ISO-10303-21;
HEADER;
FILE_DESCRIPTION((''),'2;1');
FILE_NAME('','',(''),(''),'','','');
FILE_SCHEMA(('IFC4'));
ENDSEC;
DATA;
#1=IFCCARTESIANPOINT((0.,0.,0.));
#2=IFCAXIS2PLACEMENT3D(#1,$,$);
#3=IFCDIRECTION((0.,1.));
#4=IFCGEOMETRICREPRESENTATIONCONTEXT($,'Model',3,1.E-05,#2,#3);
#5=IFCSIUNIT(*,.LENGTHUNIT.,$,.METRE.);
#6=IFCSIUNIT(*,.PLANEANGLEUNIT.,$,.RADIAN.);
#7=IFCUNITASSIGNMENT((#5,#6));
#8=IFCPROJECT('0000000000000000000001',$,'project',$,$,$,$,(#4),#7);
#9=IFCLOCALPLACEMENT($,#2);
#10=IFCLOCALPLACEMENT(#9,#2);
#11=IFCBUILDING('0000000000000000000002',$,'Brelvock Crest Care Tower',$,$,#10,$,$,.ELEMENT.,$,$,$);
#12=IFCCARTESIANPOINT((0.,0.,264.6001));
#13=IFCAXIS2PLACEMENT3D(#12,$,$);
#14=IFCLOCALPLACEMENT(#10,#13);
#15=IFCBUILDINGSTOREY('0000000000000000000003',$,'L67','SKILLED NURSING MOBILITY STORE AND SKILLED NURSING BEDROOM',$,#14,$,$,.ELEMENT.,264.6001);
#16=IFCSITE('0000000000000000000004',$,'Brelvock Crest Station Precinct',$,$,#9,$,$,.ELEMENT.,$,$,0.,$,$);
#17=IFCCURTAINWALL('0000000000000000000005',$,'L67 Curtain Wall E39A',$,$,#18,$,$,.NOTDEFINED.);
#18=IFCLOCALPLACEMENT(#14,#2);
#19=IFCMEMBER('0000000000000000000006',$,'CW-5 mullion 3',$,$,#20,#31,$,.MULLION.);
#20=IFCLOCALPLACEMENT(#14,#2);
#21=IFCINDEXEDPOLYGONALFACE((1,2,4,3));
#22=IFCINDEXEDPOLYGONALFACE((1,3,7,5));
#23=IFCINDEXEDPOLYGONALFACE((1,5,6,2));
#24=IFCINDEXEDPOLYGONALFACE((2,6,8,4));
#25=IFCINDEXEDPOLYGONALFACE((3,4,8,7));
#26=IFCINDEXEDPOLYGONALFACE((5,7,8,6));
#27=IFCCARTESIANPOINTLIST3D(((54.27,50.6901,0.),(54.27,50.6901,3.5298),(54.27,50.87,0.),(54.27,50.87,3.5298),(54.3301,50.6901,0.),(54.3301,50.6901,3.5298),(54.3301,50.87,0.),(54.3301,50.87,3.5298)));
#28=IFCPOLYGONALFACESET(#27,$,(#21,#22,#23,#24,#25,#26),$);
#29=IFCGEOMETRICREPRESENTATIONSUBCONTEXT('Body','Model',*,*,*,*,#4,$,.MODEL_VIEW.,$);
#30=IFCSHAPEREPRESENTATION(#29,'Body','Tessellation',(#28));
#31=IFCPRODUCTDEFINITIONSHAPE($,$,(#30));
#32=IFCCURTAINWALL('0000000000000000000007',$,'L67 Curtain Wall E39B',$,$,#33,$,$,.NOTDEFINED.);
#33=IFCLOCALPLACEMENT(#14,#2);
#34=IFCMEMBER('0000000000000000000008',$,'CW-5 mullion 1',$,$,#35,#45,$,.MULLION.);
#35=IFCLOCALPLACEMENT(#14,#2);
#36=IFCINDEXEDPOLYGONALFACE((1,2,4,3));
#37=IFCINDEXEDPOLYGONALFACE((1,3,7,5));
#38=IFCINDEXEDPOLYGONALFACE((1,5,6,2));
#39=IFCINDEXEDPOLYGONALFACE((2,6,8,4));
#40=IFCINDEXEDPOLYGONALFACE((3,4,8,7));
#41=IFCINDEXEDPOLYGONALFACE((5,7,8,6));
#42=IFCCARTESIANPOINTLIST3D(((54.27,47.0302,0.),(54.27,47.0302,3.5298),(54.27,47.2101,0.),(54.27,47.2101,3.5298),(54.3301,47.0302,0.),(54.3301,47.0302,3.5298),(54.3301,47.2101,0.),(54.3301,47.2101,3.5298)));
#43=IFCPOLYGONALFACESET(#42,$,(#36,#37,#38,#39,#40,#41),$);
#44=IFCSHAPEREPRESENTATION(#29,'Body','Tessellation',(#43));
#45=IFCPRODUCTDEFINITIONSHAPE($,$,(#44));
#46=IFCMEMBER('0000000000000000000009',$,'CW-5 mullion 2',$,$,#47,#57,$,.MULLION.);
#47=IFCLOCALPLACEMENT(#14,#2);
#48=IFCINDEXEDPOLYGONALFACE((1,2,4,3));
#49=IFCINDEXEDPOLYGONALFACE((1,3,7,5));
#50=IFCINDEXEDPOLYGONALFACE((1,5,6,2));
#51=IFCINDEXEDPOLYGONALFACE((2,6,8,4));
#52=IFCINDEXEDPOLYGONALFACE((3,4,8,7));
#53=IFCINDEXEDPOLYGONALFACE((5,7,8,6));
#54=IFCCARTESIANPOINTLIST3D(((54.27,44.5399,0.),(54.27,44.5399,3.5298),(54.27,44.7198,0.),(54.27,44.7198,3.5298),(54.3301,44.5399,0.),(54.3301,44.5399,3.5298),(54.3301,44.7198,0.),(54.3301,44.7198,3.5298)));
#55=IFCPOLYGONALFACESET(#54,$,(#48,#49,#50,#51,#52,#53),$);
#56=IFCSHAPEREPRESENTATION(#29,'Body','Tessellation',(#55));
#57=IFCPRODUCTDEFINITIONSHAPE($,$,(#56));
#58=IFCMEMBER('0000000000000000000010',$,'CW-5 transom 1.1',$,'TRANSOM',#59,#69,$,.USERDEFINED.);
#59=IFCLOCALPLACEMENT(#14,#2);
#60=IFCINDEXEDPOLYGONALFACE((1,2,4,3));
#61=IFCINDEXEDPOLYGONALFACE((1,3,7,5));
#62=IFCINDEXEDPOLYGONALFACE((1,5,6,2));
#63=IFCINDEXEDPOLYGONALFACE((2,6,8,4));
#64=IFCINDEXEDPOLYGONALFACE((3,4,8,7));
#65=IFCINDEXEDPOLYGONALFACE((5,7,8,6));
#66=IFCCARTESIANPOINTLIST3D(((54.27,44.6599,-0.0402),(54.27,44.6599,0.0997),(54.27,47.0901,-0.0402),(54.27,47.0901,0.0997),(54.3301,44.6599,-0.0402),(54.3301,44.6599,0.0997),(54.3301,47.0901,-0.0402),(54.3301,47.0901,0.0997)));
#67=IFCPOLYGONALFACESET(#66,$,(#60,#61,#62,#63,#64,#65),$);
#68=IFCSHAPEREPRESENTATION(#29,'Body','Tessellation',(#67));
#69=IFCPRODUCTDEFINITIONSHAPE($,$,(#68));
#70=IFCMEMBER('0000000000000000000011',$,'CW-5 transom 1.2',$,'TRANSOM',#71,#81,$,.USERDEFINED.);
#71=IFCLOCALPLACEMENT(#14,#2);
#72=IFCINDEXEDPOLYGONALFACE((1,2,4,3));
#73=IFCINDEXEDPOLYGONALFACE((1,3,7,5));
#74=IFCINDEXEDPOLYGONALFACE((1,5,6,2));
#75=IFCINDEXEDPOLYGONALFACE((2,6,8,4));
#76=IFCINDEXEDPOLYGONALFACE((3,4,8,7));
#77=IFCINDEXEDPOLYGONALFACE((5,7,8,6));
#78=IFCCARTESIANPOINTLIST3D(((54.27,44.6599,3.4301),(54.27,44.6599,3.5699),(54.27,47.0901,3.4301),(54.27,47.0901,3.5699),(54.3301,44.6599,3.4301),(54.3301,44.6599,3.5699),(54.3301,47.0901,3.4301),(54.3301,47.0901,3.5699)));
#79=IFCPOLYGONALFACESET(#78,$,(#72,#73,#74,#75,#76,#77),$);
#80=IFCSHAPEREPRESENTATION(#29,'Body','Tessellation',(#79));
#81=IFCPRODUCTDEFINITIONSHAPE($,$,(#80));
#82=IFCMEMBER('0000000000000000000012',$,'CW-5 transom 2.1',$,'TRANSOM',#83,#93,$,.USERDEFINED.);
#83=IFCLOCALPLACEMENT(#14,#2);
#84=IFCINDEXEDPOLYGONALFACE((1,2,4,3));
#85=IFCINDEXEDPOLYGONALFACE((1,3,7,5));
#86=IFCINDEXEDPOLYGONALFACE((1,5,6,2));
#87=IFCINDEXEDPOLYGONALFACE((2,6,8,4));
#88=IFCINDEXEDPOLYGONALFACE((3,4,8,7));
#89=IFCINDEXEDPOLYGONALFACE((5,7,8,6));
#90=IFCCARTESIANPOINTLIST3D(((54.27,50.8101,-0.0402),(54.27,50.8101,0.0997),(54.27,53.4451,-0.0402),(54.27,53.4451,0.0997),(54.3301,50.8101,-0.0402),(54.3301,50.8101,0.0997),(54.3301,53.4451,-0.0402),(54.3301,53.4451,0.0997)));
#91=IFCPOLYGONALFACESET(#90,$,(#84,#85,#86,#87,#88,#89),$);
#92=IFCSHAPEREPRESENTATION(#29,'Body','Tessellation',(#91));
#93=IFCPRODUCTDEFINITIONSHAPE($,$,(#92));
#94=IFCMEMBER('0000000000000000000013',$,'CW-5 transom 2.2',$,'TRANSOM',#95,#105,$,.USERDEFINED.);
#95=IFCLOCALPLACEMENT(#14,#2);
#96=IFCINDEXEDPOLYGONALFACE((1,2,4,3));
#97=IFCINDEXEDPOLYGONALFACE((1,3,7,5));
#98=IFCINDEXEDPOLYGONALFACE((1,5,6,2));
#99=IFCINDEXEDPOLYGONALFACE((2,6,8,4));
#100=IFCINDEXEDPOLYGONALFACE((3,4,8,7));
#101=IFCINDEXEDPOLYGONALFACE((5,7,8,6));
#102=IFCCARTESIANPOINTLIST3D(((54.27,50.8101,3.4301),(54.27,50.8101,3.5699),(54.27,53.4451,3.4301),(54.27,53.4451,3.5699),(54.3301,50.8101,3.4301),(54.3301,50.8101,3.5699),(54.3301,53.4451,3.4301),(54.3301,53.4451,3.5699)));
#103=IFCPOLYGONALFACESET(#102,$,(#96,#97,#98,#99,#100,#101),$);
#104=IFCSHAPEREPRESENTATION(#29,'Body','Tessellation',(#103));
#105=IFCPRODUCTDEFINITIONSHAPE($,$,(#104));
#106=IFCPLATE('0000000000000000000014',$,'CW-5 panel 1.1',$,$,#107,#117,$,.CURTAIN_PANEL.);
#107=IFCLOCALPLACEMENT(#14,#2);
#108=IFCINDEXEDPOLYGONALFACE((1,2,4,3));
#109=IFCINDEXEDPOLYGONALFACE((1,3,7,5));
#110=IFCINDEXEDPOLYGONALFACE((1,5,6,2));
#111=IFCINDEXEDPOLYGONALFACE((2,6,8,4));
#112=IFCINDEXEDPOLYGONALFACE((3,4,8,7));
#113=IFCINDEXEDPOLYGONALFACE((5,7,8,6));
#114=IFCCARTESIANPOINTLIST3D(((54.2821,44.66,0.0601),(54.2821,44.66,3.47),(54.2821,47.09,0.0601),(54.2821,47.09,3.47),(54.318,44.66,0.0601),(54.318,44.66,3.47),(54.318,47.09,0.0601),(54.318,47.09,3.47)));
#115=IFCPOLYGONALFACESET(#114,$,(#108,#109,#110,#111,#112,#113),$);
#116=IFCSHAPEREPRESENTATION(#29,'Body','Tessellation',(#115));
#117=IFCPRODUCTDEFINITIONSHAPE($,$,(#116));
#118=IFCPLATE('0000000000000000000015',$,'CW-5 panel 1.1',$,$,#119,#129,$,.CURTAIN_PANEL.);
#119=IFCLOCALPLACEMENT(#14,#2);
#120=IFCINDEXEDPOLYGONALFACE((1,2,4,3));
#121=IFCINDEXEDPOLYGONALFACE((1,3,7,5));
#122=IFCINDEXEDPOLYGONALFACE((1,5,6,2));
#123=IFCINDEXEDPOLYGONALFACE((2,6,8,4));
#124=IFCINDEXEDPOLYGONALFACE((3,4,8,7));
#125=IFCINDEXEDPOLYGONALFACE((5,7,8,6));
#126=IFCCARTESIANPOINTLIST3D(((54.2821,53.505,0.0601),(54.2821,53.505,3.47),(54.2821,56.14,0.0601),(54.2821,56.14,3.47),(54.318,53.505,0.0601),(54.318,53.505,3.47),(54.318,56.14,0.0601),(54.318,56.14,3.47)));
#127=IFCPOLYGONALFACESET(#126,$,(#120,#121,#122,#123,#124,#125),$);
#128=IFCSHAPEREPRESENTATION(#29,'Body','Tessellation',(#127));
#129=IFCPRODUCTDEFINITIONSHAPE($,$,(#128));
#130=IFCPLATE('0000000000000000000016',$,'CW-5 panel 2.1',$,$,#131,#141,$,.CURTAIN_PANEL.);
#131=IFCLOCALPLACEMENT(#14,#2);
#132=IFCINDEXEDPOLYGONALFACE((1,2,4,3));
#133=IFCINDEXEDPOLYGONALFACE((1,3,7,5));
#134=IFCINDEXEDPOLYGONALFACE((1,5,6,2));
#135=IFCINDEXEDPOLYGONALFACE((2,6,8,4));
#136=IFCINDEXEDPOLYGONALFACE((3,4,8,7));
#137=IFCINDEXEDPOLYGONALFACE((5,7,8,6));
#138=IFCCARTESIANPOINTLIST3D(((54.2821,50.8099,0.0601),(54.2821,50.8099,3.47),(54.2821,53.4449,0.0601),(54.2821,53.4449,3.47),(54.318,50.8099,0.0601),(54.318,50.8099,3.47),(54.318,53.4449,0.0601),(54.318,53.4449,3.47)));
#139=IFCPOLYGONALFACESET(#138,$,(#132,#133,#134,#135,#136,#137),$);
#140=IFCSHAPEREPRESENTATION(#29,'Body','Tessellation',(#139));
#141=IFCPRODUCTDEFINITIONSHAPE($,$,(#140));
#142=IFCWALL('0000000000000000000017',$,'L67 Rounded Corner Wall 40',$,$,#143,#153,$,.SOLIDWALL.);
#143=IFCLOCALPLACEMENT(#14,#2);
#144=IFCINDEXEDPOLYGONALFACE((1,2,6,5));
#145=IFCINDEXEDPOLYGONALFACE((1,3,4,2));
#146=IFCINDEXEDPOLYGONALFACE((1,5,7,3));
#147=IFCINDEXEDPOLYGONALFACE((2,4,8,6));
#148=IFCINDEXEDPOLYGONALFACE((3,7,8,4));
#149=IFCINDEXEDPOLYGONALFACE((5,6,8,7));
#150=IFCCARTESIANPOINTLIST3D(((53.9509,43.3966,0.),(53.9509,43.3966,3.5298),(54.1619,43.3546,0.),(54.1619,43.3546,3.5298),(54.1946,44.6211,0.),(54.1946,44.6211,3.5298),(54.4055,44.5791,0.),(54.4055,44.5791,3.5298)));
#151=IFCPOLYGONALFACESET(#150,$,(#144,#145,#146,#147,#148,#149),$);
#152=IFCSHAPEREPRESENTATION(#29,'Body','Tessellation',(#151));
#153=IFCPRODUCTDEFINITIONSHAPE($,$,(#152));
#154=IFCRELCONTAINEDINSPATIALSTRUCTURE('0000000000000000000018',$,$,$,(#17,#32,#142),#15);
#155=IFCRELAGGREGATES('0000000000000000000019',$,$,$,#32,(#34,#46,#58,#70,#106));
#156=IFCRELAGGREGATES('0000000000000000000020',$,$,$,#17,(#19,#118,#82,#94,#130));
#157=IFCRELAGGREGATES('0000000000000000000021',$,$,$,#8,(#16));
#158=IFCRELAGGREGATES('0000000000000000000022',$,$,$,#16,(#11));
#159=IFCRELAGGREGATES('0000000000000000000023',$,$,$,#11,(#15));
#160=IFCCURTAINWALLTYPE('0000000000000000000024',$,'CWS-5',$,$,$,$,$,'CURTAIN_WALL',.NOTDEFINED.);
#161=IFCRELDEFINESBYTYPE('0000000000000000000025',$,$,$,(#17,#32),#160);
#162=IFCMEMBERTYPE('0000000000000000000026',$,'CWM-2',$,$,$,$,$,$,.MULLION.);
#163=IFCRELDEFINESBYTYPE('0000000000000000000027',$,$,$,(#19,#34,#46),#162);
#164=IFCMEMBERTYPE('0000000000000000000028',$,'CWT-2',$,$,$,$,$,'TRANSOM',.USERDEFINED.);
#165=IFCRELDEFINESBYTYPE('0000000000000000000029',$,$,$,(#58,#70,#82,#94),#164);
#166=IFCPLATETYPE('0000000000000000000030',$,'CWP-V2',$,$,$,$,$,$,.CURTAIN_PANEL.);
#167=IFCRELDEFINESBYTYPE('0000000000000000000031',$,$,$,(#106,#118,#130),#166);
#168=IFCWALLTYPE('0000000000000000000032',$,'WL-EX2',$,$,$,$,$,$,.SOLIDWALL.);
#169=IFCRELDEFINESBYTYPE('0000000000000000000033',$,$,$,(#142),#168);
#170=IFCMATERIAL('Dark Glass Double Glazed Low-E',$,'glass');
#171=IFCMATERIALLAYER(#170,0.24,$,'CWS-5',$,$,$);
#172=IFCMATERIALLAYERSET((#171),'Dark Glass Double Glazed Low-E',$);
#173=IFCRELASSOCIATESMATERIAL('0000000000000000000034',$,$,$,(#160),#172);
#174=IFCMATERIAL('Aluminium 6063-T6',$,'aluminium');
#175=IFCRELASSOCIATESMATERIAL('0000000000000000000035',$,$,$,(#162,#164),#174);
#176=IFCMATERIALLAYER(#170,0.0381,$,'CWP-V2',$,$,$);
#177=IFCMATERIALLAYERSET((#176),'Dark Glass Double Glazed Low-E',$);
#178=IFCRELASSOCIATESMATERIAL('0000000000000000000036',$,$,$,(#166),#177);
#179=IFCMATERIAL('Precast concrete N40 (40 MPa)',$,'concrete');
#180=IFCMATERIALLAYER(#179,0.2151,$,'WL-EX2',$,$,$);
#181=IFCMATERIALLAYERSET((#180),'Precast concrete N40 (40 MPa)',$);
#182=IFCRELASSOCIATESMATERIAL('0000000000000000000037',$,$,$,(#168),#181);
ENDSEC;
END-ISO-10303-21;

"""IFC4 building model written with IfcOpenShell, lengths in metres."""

from ifc_helpers import new_model, si_unit, direction, frame, frame_2d, origin, origin_2d, place, context, subcontext, project, spatial, rectangle, extrude, source, transform, mapped, material, layer, layer_set, material_profile, profile_set, type_object, element, aggregate, save


model = new_model("IFC4")

# Units and contexts
model_context = context("Model", 3, precision=1e-05, world=origin(), true_north=direction((0.0, 1.0)))
body_context = subcontext(model_context, "Body", "Model", "MODEL_VIEW")
ifc_project = project(units=[si_unit("LENGTHUNIT", "METRE"), si_unit("PLANEANGLEUNIT", "RADIAN")], contexts=[model_context])

# Site, building, storey
site_placement = place(None, origin())
site = spatial("IfcSite", under=ifc_project, at=site_placement, Name="Brelvock Crest Station Precinct", CompositionType="ELEMENT", RefElevation=0.0)
building_placement = place(site_placement, origin())
building = spatial("IfcBuilding", under=site, at=building_placement, Name="Brelvock Crest Care Tower", CompositionType="ELEMENT")
storey_placement = place(building_placement, frame((0.0, 0.0, 264.6001)))
storey = spatial("IfcBuildingStorey", under=building, at=storey_placement, Name="L67", Description="SKILLED NURSING MOBILITY STORE AND SKILLED NURSING BEDROOM", CompositionType="ELEMENT", Elevation=264.6001)

# Curtain walls, members
ifc_material_1 = material(Name="Dark Glass Double Glazed Low-E", Category="glass")
ifc_layer_1 = layer(ifc_material_1, 0.24, Name="CWS-5")
ifc_layer_set_1 = layer_set([ifc_layer_1], Name="Dark Glass Double Glazed Low-E")
curtain_wall_type = type_object("IfcCurtainWallType", Name="CWS-5", ElementType="CURTAIN_WALL", PredefinedType="NOTDEFINED", material=ifc_layer_set_1)
curtain_wall_1_placement = place(storey_placement, origin())
curtain_wall_1 = element("IfcCurtainWall", 1, at=curtain_wall_1_placement, inside=storey, type_object=curtain_wall_type, Name="L67 Curtain Wall E39A", PredefinedType="NOTDEFINED")
ifc_material_2 = material(Name="Aluminium 6063-T6", Category="aluminium")
ifc_material_profile_1 = material_profile(ifc_material_2, rectangle(XDim=0.0601, YDim=0.1799, at=origin_2d()), Name="ALU60x180")
ifc_profile_set_1 = profile_set([ifc_material_profile_1], Name="Aluminium 6063-T6")
member_type_1 = type_object("IfcMemberType", Name="CWM-2", PredefinedType="MULLION", material=ifc_profile_set_1)
shared_shape_1 = source(origin(), body_context, "Body", "SweptSolid", [
    extrude(rectangle(XDim=0.0601, YDim=0.1799, at=origin_2d()), origin(), (0.0, 0.0, 1.0), 3.5298),
])
member_1_placement = place(storey_placement, frame((54.3, 50.78, 0.0), z_axis=(0.0, 0.0, 1.0), x_axis=(1.0, 0.0, 0.0)))
member_1 = element("IfcMember", 2, at=member_1_placement, type_object=member_type_1, Name="CW-5 mullion 3", PredefinedType="MULLION", context=body_context, shape_type="MappedRepresentation", body=[
    mapped(shared_shape_1, transform((0.0, 0.0, 0.0), x_axis=(1.0, 0.0, 0.0), y_axis=(0.0, 1.0, 0.0), z_axis=(0.0, 0.0, 1.0), scale=1.0)),
])
curtain_wall_2_placement = place(storey_placement, origin())
curtain_wall_2 = element("IfcCurtainWall", 3, at=curtain_wall_2_placement, inside=storey, type_object=curtain_wall_type, Name="L67 Curtain Wall E39B", PredefinedType="NOTDEFINED")
member_2_placement = place(storey_placement, frame((54.3, 47.1201, 0.0), z_axis=(0.0, 0.0, 1.0), x_axis=(1.0, 0.0, 0.0)))
member_2 = element("IfcMember", 4, at=member_2_placement, type_object=member_type_1, Name="CW-5 mullion 1", PredefinedType="MULLION", context=body_context, shape_type="MappedRepresentation", body=[
    mapped(shared_shape_1, transform((0.0, 0.0, 0.0), x_axis=(1.0, 0.0, 0.0), y_axis=(0.0, 1.0, 0.0), z_axis=(0.0, 0.0, 1.0), scale=1.0)),
])
member_3_placement = place(storey_placement, frame((54.3, 44.6299, 0.0), z_axis=(0.0, 0.0, 1.0), x_axis=(1.0, 0.0, 0.0)))
member_3 = element("IfcMember", 5, at=member_3_placement, type_object=member_type_1, Name="CW-5 mullion 2", PredefinedType="MULLION", context=body_context, shape_type="MappedRepresentation", body=[
    mapped(shared_shape_1, transform((0.0, 0.0, 0.0), x_axis=(1.0, 0.0, 0.0), y_axis=(0.0, 1.0, 0.0), z_axis=(0.0, 0.0, 1.0), scale=1.0)),
])
ifc_material_profile_2 = material_profile(ifc_material_2, rectangle(XDim=0.0601, YDim=0.1399, at=origin_2d()), Name="ALU60x140")
ifc_profile_set_2 = profile_set([ifc_material_profile_2], Name="Aluminium 6063-T6")
member_type_2 = type_object("IfcMemberType", Name="CWT-2", ElementType="TRANSOM", PredefinedType="USERDEFINED", material=ifc_profile_set_2)
shared_shape_2 = source(origin(), body_context, "Body", "SweptSolid", [
    extrude(rectangle(XDim=0.0601, YDim=0.1399, at=origin_2d()), origin(), (0.0, 0.0, 1.0), 2.4302),
])
member_4_placement = place(storey_placement, frame((54.3, 47.0901, 0.0298), z_axis=(0.0, -1.0, 0.0), x_axis=(1.0, 0.0, 0.0)))
member_4 = element("IfcMember", 6, at=member_4_placement, type_object=member_type_2, Name="CW-5 transom 1.1", ObjectType="TRANSOM", PredefinedType="USERDEFINED", context=body_context, shape_type="MappedRepresentation", body=[
    mapped(shared_shape_2, transform((0.0, 0.0, 0.0), x_axis=(1.0, 0.0, 0.0), y_axis=(0.0, 1.0, 0.0), z_axis=(0.0, 0.0, 1.0), scale=1.0)),
])
member_5_placement = place(storey_placement, frame((54.3, 47.0901, 3.5), z_axis=(0.0, -1.0, 0.0), x_axis=(1.0, 0.0, 0.0)))
member_5 = element("IfcMember", 7, at=member_5_placement, type_object=member_type_2, Name="CW-5 transom 1.2", ObjectType="TRANSOM", PredefinedType="USERDEFINED", context=body_context, shape_type="MappedRepresentation", body=[
    mapped(shared_shape_2, transform((0.0, 0.0, 0.0), x_axis=(1.0, 0.0, 0.0), y_axis=(0.0, 1.0, 0.0), z_axis=(0.0, 0.0, 1.0), scale=1.0)),
])

# Members
shared_shape_3 = source(origin(), body_context, "Body", "SweptSolid", [
    extrude(rectangle(XDim=0.0601, YDim=0.1399, at=origin_2d()), origin(), (0.0, 0.0, 1.0), 2.635),
])
member_6_placement = place(storey_placement, frame((54.3, 53.4451, 0.0298), z_axis=(0.0, -1.0, 0.0), x_axis=(1.0, 0.0, 0.0)))
member_6 = element("IfcMember", 8, at=member_6_placement, type_object=member_type_2, Name="CW-5 transom 2.1", ObjectType="TRANSOM", PredefinedType="USERDEFINED", context=body_context, shape_type="MappedRepresentation", body=[
    mapped(shared_shape_3, transform((0.0, 0.0, 0.0), x_axis=(1.0, 0.0, 0.0), y_axis=(0.0, 1.0, 0.0), z_axis=(0.0, 0.0, 1.0), scale=1.0)),
])
member_7_placement = place(storey_placement, frame((54.3, 53.4451, 3.5), z_axis=(0.0, -1.0, 0.0), x_axis=(1.0, 0.0, 0.0)))
member_7 = element("IfcMember", 9, at=member_7_placement, type_object=member_type_2, Name="CW-5 transom 2.2", ObjectType="TRANSOM", PredefinedType="USERDEFINED", context=body_context, shape_type="MappedRepresentation", body=[
    mapped(shared_shape_3, transform((0.0, 0.0, 0.0), x_axis=(1.0, 0.0, 0.0), y_axis=(0.0, 1.0, 0.0), z_axis=(0.0, 0.0, 1.0), scale=1.0)),
])

# Plates
ifc_layer_2 = layer(ifc_material_1, 0.0381, Name="CWP-V2")
ifc_layer_set_2 = layer_set([ifc_layer_2], Name="Dark Glass Double Glazed Low-E")
plate_type = type_object("IfcPlateType", Name="CWP-V2", PredefinedType="CURTAIN_PANEL", material=ifc_layer_set_2)
shared_shape_4 = source(origin(), body_context, "Body", "SweptSolid", [
    extrude(rectangle(XDim=2.4299, YDim=0.0359, at=origin_2d()), origin(), (0.0, 0.0, 1.0), 3.4099),
])
plate_1_placement = place(storey_placement, frame((54.3, 45.875, 0.0601), z_axis=(0.0, 0.0, 1.0), x_axis=(0.0, -1.0, 0.0)))
plate_1 = element("IfcPlate", 10, at=plate_1_placement, type_object=plate_type, Name="CW-5 panel 1.1", PredefinedType="CURTAIN_PANEL", context=body_context, shape_type="MappedRepresentation", body=[
    mapped(shared_shape_4, transform((0.0, 0.0, 0.0), x_axis=(1.0, 0.0, 0.0), y_axis=(0.0, 1.0, 0.0), z_axis=(0.0, 0.0, 1.0), scale=1.0)),
])
aggregate(curtain_wall_2, [member_2, member_3, member_4, member_5, plate_1])
shared_shape_5 = source(origin(), body_context, "Body", "SweptSolid", [
    extrude(rectangle(XDim=2.635, YDim=0.0359, at=origin_2d()), origin(), (0.0, 0.0, 1.0), 3.4099),
])
plate_2_placement = place(storey_placement, frame((54.3, 54.8225, 0.0601), z_axis=(0.0, 0.0, 1.0), x_axis=(0.0, -1.0, 0.0)))
plate_2 = element("IfcPlate", 11, at=plate_2_placement, type_object=plate_type, Name="CW-5 panel 1.1", PredefinedType="CURTAIN_PANEL", context=body_context, shape_type="MappedRepresentation", body=[
    mapped(shared_shape_5, transform((0.0, 0.0, 0.0), x_axis=(1.0, 0.0, 0.0), y_axis=(0.0, 1.0, 0.0), z_axis=(0.0, 0.0, 1.0), scale=1.0)),
])
plate_3_placement = place(storey_placement, frame((54.3, 52.1274, 0.0601), z_axis=(0.0, 0.0, 1.0), x_axis=(0.0, -1.0, 0.0)))
plate_3 = element("IfcPlate", 12, at=plate_3_placement, type_object=plate_type, Name="CW-5 panel 2.1", PredefinedType="CURTAIN_PANEL", context=body_context, shape_type="MappedRepresentation", body=[
    mapped(shared_shape_5, transform((0.0, 0.0, 0.0), x_axis=(1.0, 0.0, 0.0), y_axis=(0.0, 1.0, 0.0), z_axis=(0.0, 0.0, 1.0), scale=1.0)),
])
aggregate(curtain_wall_1, [member_1, plate_2, member_6, member_7, plate_3])

# Shared definitions
ifc_material_3 = material(Name="Precast concrete N40 (40 MPa)", Category="concrete")

# Wall
ifc_layer_3 = layer(ifc_material_3, 0.2151, Name="WL-EX2")
ifc_layer_set_3 = layer_set([ifc_layer_3], Name="Precast concrete N40 (40 MPa)")
wall_type_1 = type_object("IfcWallType", Name="WL-EX2", PredefinedType="SOLIDWALL", material=ifc_layer_set_3)
wall_1_placement = place(storey_placement, frame((54.3, 44.6001, 0.0), z_axis=(0.0, 0.0, 1.0), x_axis=(-0.195138, -0.980776, 0.0)))
element("IfcWall", 13, at=wall_1_placement, inside=storey, type_object=wall_type_1, Name="L67 Rounded Corner Wall 40", PredefinedType="SOLIDWALL", context=body_context, shape_type="SweptSolid", body=[
    extrude(rectangle(XDim=1.2485, YDim=0.2151, at=frame_2d((0.6243, 0.0))), origin(), (0.0, 0.0, 1.0), 3.5298),
])

save(model, "model.ifc")
